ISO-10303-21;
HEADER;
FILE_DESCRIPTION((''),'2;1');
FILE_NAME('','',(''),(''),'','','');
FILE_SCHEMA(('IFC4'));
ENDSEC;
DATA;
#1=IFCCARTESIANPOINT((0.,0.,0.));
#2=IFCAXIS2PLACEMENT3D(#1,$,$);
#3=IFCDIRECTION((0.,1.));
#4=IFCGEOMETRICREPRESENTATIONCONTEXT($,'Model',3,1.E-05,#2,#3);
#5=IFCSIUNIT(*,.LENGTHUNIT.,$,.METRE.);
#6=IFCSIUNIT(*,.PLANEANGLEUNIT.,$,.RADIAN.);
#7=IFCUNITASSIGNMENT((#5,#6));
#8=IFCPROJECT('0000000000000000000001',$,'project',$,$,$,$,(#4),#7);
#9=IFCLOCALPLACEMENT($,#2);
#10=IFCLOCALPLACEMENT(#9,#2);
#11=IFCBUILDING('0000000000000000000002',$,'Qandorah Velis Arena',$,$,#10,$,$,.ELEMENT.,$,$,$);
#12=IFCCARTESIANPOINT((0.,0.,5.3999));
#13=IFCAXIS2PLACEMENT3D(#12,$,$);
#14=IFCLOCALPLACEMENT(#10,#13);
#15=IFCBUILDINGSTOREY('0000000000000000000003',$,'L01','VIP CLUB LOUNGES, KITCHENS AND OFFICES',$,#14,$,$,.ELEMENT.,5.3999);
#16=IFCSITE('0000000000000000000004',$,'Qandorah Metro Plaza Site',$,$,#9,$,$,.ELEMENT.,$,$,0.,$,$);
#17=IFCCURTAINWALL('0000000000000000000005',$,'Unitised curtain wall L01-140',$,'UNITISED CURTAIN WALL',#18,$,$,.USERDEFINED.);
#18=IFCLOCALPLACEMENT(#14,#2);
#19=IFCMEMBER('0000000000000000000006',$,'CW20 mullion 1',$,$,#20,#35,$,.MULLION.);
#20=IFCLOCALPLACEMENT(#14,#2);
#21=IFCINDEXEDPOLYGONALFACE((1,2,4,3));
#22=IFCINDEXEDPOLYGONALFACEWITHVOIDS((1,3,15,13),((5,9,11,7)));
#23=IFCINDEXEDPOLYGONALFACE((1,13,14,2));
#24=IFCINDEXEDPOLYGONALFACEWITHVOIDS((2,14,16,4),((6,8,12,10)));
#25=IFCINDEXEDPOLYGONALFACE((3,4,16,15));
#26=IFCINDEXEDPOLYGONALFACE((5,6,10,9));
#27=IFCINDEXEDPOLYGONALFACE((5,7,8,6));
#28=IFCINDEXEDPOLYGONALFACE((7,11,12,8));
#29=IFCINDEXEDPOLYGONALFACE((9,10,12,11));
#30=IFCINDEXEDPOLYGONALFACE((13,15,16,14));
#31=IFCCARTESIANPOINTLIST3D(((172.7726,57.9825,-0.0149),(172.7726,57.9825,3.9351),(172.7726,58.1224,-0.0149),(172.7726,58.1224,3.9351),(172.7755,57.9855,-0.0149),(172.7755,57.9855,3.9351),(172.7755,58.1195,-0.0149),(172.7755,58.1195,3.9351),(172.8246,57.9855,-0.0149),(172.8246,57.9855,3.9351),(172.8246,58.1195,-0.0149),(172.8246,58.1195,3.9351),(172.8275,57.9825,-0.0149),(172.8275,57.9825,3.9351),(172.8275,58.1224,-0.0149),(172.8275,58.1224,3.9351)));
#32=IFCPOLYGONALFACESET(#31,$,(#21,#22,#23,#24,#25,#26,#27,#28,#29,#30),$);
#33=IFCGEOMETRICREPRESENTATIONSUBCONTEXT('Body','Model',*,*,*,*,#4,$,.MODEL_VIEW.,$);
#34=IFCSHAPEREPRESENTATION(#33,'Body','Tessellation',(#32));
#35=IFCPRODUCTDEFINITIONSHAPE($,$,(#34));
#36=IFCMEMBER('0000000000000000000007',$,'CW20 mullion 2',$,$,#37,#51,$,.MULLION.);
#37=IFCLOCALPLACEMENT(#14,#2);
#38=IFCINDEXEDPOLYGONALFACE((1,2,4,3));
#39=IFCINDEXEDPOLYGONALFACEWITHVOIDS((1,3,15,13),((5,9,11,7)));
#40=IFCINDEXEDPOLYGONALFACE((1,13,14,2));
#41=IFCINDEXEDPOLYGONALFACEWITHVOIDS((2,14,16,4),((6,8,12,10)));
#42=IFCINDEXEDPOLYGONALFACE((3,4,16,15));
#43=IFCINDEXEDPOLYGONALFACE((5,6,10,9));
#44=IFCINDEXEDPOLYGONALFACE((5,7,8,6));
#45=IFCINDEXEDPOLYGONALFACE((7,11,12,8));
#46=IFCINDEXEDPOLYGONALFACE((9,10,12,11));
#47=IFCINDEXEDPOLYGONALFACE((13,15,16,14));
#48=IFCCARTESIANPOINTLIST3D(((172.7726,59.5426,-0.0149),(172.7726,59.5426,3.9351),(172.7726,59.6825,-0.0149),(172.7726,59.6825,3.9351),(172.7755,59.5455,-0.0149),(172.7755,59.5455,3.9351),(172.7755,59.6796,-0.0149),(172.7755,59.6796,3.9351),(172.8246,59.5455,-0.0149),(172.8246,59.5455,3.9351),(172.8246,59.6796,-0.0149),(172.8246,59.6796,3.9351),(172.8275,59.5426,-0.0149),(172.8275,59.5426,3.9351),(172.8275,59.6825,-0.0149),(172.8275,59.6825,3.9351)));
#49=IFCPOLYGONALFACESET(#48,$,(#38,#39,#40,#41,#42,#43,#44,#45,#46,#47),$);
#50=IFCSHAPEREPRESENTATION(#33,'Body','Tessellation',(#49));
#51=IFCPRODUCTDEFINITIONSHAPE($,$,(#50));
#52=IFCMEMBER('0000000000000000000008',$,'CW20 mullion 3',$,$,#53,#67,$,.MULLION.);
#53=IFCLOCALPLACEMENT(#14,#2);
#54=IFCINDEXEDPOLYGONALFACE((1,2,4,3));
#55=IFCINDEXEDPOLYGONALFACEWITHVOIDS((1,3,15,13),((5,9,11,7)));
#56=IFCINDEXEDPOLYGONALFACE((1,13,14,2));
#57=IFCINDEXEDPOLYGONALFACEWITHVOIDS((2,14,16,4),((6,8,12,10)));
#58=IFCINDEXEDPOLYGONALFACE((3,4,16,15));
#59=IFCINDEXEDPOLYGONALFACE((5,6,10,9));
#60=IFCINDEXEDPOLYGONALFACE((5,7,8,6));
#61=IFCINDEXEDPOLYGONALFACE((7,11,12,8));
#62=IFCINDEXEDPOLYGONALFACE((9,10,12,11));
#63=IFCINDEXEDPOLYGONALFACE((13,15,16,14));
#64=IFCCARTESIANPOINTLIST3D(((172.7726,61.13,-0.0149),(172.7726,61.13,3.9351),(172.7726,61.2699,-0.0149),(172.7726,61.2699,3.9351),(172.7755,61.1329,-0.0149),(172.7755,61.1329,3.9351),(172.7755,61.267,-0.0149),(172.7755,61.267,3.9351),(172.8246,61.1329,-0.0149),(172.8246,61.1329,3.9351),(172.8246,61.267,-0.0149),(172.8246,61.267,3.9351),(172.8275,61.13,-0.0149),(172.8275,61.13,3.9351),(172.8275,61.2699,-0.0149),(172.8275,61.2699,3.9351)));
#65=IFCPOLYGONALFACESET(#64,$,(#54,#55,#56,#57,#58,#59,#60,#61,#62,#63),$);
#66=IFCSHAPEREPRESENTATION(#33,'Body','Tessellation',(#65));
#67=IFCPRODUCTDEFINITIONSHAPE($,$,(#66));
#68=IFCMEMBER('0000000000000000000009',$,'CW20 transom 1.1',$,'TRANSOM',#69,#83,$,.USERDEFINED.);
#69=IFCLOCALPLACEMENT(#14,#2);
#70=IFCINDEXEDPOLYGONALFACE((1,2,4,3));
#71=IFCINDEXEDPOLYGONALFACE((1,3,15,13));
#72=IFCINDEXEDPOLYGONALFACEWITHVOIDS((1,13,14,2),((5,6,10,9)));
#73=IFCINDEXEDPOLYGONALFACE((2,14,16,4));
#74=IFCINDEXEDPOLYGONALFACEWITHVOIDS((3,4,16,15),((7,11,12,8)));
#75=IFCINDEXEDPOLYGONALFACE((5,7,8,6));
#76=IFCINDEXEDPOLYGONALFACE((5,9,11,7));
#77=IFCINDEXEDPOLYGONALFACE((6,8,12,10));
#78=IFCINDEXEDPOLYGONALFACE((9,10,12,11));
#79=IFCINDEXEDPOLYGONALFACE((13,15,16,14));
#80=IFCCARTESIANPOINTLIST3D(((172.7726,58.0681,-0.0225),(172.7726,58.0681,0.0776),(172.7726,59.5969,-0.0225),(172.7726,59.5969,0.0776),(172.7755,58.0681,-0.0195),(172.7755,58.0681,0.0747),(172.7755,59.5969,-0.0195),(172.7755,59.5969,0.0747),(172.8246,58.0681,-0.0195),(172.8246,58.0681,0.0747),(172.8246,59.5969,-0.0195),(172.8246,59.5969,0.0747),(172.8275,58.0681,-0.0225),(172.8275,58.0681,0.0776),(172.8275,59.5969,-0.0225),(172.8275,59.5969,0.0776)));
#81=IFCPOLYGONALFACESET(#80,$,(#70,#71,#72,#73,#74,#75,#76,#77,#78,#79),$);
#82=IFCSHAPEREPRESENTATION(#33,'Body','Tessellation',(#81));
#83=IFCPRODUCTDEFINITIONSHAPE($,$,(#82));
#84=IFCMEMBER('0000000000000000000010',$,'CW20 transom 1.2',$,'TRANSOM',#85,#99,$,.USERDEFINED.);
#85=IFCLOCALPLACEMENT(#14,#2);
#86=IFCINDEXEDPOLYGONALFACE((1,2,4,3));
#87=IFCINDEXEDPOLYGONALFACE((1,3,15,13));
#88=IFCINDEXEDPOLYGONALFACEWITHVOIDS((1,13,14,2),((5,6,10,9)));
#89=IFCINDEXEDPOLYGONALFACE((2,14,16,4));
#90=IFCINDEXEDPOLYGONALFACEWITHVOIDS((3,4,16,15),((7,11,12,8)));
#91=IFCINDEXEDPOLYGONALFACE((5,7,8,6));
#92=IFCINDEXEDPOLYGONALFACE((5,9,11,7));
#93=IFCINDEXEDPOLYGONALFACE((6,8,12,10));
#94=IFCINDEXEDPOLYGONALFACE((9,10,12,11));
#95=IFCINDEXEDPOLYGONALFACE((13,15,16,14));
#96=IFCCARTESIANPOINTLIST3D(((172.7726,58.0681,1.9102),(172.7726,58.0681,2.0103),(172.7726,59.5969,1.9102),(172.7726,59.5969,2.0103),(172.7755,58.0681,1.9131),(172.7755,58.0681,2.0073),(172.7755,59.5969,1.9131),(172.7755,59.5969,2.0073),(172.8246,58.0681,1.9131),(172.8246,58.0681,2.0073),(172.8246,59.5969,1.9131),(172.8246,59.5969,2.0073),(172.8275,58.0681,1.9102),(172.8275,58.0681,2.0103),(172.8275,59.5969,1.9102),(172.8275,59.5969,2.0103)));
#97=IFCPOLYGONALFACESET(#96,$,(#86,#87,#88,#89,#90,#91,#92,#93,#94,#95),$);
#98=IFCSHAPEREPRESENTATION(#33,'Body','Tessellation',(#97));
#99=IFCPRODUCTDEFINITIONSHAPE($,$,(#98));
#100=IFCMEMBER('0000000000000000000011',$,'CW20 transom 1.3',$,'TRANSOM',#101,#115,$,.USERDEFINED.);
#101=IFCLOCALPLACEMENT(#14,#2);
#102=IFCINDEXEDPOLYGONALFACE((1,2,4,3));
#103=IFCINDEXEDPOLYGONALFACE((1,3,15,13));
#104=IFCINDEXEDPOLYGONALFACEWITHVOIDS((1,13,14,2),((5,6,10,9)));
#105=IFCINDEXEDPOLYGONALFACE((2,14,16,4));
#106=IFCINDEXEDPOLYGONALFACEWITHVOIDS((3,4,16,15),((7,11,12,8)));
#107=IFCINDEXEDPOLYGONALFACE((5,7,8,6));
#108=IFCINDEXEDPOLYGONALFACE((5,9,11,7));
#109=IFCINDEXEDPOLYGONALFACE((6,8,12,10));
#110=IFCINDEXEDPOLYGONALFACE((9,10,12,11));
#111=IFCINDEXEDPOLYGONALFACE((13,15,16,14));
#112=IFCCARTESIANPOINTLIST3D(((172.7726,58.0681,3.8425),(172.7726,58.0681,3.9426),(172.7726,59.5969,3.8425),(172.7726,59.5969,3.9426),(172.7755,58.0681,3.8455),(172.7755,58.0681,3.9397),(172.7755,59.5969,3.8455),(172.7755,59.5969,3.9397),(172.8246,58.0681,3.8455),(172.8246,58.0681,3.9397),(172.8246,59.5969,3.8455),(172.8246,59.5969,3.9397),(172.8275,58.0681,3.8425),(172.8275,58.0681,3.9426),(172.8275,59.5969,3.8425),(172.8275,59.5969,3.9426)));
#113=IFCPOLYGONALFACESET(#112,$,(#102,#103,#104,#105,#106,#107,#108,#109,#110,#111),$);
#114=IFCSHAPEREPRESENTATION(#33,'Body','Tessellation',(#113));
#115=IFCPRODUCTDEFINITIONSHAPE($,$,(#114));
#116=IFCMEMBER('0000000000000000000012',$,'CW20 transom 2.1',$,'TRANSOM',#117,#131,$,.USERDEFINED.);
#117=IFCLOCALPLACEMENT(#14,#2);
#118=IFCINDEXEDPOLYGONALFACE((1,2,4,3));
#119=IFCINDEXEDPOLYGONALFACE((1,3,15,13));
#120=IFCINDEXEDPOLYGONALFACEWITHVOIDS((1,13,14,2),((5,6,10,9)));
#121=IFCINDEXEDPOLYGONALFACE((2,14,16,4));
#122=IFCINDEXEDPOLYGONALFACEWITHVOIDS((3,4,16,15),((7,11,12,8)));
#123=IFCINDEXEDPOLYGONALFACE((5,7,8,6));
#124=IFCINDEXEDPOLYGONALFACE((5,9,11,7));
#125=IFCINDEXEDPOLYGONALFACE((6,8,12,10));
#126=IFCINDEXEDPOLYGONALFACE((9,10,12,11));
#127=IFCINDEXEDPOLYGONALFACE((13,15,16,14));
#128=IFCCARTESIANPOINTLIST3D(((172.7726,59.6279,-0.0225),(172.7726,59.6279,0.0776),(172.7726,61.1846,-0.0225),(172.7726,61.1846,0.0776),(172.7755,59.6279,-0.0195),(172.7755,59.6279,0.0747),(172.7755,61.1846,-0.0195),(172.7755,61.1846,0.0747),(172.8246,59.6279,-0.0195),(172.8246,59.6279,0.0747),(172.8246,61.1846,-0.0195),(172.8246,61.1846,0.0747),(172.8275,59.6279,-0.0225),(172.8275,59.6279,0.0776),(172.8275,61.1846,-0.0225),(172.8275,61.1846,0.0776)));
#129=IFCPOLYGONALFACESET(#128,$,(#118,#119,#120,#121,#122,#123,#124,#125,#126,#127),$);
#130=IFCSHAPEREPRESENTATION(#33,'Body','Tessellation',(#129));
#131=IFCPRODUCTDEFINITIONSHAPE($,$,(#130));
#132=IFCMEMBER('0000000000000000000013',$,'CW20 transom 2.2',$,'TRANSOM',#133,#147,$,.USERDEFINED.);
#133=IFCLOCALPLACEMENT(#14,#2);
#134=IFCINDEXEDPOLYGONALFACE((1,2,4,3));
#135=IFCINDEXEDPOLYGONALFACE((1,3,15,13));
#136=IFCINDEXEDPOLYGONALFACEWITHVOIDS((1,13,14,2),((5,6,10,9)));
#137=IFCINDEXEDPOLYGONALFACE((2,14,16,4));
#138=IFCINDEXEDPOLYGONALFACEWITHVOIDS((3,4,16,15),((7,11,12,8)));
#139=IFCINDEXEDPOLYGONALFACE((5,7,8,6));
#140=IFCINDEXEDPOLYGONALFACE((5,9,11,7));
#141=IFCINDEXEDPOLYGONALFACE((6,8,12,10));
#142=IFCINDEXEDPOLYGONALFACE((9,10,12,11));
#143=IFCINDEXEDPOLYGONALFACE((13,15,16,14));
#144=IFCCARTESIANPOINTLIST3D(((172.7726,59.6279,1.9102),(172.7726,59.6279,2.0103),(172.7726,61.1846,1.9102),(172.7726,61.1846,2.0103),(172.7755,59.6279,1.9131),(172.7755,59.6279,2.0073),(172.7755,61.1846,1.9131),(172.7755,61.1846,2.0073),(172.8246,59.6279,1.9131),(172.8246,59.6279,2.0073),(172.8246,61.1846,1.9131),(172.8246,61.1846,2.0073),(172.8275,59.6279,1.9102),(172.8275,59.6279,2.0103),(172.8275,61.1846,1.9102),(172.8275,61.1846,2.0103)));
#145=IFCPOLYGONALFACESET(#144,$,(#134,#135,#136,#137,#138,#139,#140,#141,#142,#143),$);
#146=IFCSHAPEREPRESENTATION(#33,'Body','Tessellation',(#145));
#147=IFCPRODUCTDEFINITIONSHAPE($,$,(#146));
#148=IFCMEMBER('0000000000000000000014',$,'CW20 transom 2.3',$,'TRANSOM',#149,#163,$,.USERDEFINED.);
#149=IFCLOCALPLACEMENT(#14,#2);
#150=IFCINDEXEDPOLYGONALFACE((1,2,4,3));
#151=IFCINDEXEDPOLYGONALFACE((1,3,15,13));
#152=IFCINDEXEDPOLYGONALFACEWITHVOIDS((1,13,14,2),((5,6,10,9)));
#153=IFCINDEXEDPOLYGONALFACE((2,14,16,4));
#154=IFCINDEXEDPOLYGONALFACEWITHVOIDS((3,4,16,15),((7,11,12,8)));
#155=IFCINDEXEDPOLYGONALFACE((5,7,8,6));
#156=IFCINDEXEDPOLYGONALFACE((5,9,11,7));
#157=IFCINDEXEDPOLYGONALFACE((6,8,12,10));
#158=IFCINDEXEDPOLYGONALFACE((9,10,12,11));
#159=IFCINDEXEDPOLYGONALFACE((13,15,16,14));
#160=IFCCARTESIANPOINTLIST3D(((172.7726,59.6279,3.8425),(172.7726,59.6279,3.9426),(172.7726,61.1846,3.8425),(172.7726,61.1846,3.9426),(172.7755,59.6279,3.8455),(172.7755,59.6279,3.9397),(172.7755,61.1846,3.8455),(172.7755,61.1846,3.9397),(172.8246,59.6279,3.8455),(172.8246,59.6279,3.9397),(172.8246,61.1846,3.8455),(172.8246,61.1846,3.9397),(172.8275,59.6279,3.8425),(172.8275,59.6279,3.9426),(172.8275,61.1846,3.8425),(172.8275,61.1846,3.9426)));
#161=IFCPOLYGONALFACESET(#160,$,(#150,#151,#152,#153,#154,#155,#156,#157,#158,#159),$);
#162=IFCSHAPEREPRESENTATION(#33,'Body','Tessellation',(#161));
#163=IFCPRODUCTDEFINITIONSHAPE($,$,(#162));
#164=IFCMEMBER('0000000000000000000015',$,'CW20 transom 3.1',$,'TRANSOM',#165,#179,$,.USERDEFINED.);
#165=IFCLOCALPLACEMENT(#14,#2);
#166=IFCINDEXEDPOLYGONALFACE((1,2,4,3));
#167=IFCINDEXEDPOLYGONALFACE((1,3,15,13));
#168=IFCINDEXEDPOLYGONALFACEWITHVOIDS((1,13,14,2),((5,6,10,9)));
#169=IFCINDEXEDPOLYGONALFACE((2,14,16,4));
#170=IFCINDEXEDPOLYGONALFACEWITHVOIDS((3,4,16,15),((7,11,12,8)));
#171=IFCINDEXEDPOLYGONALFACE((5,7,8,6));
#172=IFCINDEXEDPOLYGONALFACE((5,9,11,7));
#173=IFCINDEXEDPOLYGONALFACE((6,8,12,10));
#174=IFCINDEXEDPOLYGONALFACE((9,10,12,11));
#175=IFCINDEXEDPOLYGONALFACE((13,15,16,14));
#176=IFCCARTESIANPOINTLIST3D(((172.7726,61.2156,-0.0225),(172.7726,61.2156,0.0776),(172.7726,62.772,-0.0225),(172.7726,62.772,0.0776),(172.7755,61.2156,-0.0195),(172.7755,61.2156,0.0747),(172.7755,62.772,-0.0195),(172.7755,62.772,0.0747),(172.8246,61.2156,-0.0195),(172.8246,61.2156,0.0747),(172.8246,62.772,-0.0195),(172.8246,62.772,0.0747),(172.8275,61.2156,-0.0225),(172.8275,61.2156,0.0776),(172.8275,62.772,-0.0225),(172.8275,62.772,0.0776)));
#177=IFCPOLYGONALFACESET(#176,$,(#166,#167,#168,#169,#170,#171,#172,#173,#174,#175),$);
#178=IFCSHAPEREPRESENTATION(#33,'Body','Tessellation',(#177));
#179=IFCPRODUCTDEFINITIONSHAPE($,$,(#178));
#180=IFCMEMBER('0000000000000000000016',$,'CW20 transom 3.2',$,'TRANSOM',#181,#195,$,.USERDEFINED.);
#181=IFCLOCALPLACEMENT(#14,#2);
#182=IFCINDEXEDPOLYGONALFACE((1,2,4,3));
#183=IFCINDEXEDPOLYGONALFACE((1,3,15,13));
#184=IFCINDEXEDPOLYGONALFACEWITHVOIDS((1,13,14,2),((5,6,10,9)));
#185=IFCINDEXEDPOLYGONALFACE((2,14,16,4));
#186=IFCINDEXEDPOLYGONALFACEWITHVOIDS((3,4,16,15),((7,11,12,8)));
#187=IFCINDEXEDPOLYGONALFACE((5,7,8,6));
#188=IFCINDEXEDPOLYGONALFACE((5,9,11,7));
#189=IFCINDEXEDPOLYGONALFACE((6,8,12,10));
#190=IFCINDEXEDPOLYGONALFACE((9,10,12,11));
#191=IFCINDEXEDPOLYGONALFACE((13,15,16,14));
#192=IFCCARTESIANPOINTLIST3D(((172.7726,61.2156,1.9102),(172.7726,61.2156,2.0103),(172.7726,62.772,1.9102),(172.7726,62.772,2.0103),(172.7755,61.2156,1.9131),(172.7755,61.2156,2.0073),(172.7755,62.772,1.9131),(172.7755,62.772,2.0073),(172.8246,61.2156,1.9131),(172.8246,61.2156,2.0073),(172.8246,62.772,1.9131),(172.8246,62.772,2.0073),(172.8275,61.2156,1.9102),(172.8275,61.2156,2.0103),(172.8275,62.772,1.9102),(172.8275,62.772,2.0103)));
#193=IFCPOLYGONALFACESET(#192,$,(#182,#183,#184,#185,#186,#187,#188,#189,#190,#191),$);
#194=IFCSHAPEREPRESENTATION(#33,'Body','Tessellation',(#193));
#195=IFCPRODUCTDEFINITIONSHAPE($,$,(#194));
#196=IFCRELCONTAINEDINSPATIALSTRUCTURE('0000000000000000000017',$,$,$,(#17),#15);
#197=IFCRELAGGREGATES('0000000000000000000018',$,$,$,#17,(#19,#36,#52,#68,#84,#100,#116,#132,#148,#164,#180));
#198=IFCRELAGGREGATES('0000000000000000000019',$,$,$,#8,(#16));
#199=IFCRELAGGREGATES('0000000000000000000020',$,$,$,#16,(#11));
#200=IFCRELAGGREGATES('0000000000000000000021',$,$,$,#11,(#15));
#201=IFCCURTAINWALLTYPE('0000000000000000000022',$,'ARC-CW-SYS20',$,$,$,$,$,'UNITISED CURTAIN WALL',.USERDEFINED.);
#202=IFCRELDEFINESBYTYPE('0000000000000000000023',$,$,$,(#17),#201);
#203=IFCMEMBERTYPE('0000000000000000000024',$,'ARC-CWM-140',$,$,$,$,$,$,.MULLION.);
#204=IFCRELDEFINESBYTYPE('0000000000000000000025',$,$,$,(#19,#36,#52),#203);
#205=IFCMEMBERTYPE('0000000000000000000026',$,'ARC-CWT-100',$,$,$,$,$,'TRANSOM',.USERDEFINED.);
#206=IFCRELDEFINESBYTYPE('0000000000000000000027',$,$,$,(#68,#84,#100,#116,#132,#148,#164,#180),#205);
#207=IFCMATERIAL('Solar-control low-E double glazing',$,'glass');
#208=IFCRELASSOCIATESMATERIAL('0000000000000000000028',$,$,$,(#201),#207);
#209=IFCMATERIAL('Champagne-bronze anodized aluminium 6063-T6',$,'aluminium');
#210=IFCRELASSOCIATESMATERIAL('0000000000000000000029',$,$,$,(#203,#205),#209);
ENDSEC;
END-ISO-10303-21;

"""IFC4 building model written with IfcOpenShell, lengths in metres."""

from ifc_helpers import new_model, si_unit, direction, frame, origin, origin_2d, place, context, subcontext, project, spatial, hollow_rectangle, extrude, material, material_profile, profile_set, type_object, element, aggregate, save


model = new_model("IFC4")

# Units and contexts
model_context = context("Model", 3, precision=1e-05, world=origin(), true_north=direction((0.0, 1.0)))
body_context = subcontext(model_context, "Body", "Model", "MODEL_VIEW")
ifc_project = project(units=[si_unit("LENGTHUNIT", "METRE"), si_unit("PLANEANGLEUNIT", "RADIAN")], contexts=[model_context])

# Site, building, storey
site_placement = place(None, origin())
site = spatial("IfcSite", under=ifc_project, at=site_placement, Name="Qandorah Metro Plaza Site", CompositionType="ELEMENT", RefElevation=0.0)
building_placement = place(site_placement, origin())
building = spatial("IfcBuilding", under=site, at=building_placement, Name="Qandorah Velis Arena", CompositionType="ELEMENT")
storey_placement = place(building_placement, frame((0.0, 0.0, 5.3999)))
storey = spatial("IfcBuildingStorey", under=building, at=storey_placement, Name="L01", Description="VIP CLUB LOUNGES, KITCHENS AND OFFICES", CompositionType="ELEMENT", Elevation=5.3999)

# Curtain wall, members
ifc_material_1 = material(Name="Solar-control low-E double glazing", Category="glass")
curtain_wall_type = type_object("IfcCurtainWallType", Name="ARC-CW-SYS20", ElementType="UNITISED CURTAIN WALL", PredefinedType="USERDEFINED", material=ifc_material_1)
curtain_wall_placement = place(storey_placement, origin())
curtain_wall = element("IfcCurtainWall", 1, at=curtain_wall_placement, inside=storey, type_object=curtain_wall_type, Name="Unitised curtain wall L01-140", ObjectType="UNITISED CURTAIN WALL", PredefinedType="USERDEFINED")
ifc_material_2 = material(Name="Champagne-bronze anodized aluminium 6063-T6", Category="aluminium")
ifc_material_profile_1 = material_profile(ifc_material_2, hollow_rectangle(XDim=0.0549, YDim=0.1399, WallThickness=0.0029, at=origin_2d()), Name="ALU MULLION 55x140")
ifc_profile_set_1 = profile_set([ifc_material_profile_1], Name="Champagne-bronze anodized aluminium 6063-T6")
member_type_1 = type_object("IfcMemberType", Name="ARC-CWM-140", PredefinedType="MULLION", material=ifc_profile_set_1)
member_1_placement = place(storey_placement, frame((172.8, 58.0525, -0.0149), z_axis=(0.0, 0.0, 1.0), x_axis=(-1.0, 0.0, 0.0)))
member_1 = element("IfcMember", 2, at=member_1_placement, type_object=member_type_1, Name="CW20 mullion 1", PredefinedType="MULLION", context=body_context, shape_type="SweptSolid", body=[
    extrude(hollow_rectangle(XDim=0.0549, YDim=0.1399, WallThickness=0.0029, at=origin_2d()), origin(), (0.0, 0.0, 1.0), 3.95),
])
member_2_placement = place(storey_placement, frame((172.8, 59.6125, -0.0149), z_axis=(0.0, 0.0, 1.0), x_axis=(-1.0, 0.0, 0.0)))
member_2 = element("IfcMember", 3, at=member_2_placement, type_object=member_type_1, Name="CW20 mullion 2", PredefinedType="MULLION", context=body_context, shape_type="SweptSolid", body=[
    extrude(hollow_rectangle(XDim=0.0549, YDim=0.1399, WallThickness=0.0029, at=origin_2d()), origin(), (0.0, 0.0, 1.0), 3.95),
])
member_3_placement = place(storey_placement, frame((172.8, 61.2, -0.0149), z_axis=(0.0, 0.0, 1.0), x_axis=(-1.0, 0.0, 0.0)))
member_3 = element("IfcMember", 4, at=member_3_placement, type_object=member_type_1, Name="CW20 mullion 3", PredefinedType="MULLION", context=body_context, shape_type="SweptSolid", body=[
    extrude(hollow_rectangle(XDim=0.0549, YDim=0.1399, WallThickness=0.0029, at=origin_2d()), origin(), (0.0, 0.0, 1.0), 3.95),
])
ifc_material_profile_2 = material_profile(ifc_material_2, hollow_rectangle(XDim=0.0549, YDim=0.1001, WallThickness=0.0029, at=origin_2d()), Name="ALU TRANSOM 55x100")
ifc_profile_set_2 = profile_set([ifc_material_profile_2], Name="Champagne-bronze anodized aluminium 6063-T6")
member_type_2 = type_object("IfcMemberType", Name="ARC-CWT-100", ElementType="TRANSOM", PredefinedType="USERDEFINED", material=ifc_profile_set_2)
member_4_placement = place(storey_placement, frame((172.8, 58.0681, 0.0276), z_axis=(0.0, 1.0, 0.0), x_axis=(-1.0, 0.0, 0.0)))
member_4 = element("IfcMember", 5, at=member_4_placement, type_object=member_type_2, Name="CW20 transom 1.1", ObjectType="TRANSOM", PredefinedType="USERDEFINED", context=body_context, shape_type="SweptSolid", body=[
    extrude(hollow_rectangle(XDim=0.0549, YDim=0.1001, WallThickness=0.0029, at=origin_2d()), origin(), (0.0, 0.0, 1.0), 1.5288),
])
member_5_placement = place(storey_placement, frame((172.8, 58.0681, 1.9602), z_axis=(0.0, 1.0, 0.0), x_axis=(-1.0, 0.0, 0.0)))
member_5 = element("IfcMember", 6, at=member_5_placement, type_object=member_type_2, Name="CW20 transom 1.2", ObjectType="TRANSOM", PredefinedType="USERDEFINED", context=body_context, shape_type="SweptSolid", body=[
    extrude(hollow_rectangle(XDim=0.0549, YDim=0.1001, WallThickness=0.0029, at=origin_2d()), origin(), (0.0, 0.0, 1.0), 1.5288),
])
member_6_placement = place(storey_placement, frame((172.8, 58.0681, 3.8926), z_axis=(0.0, 1.0, 0.0), x_axis=(-1.0, 0.0, 0.0)))
member_6 = element("IfcMember", 7, at=member_6_placement, type_object=member_type_2, Name="CW20 transom 1.3", ObjectType="TRANSOM", PredefinedType="USERDEFINED", context=body_context, shape_type="SweptSolid", body=[
    extrude(hollow_rectangle(XDim=0.0549, YDim=0.1001, WallThickness=0.0029, at=origin_2d()), origin(), (0.0, 0.0, 1.0), 1.5288),
])
member_7_placement = place(storey_placement, frame((172.8, 59.6279, 0.0276), z_axis=(0.0, 1.0, 0.0), x_axis=(-1.0, 0.0, 0.0)))
member_7 = element("IfcMember", 8, at=member_7_placement, type_object=member_type_2, Name="CW20 transom 2.1", ObjectType="TRANSOM", PredefinedType="USERDEFINED", context=body_context, shape_type="SweptSolid", body=[
    extrude(hollow_rectangle(XDim=0.0549, YDim=0.1001, WallThickness=0.0029, at=origin_2d()), origin(), (0.0, 0.0, 1.0), 1.5566),
])
member_8_placement = place(storey_placement, frame((172.8, 59.6279, 1.9602), z_axis=(0.0, 1.0, 0.0), x_axis=(-1.0, 0.0, 0.0)))
member_8 = element("IfcMember", 9, at=member_8_placement, type_object=member_type_2, Name="CW20 transom 2.2", ObjectType="TRANSOM", PredefinedType="USERDEFINED", context=body_context, shape_type="SweptSolid", body=[
    extrude(hollow_rectangle(XDim=0.0549, YDim=0.1001, WallThickness=0.0029, at=origin_2d()), origin(), (0.0, 0.0, 1.0), 1.5566),
])
member_9_placement = place(storey_placement, frame((172.8, 59.6279, 3.8926), z_axis=(0.0, 1.0, 0.0), x_axis=(-1.0, 0.0, 0.0)))
member_9 = element("IfcMember", 10, at=member_9_placement, type_object=member_type_2, Name="CW20 transom 2.3", ObjectType="TRANSOM", PredefinedType="USERDEFINED", context=body_context, shape_type="SweptSolid", body=[
    extrude(hollow_rectangle(XDim=0.0549, YDim=0.1001, WallThickness=0.0029, at=origin_2d()), origin(), (0.0, 0.0, 1.0), 1.5566),
])
member_10_placement = place(storey_placement, frame((172.8, 61.2156, 0.0276), z_axis=(0.0, 1.0, 0.0), x_axis=(-1.0, 0.0, 0.0)))
member_10 = element("IfcMember", 11, at=member_10_placement, type_object=member_type_2, Name="CW20 transom 3.1", ObjectType="TRANSOM", PredefinedType="USERDEFINED", context=body_context, shape_type="SweptSolid", body=[
    extrude(hollow_rectangle(XDim=0.0549, YDim=0.1001, WallThickness=0.0029, at=origin_2d()), origin(), (0.0, 0.0, 1.0), 1.5564),
])
member_11_placement = place(storey_placement, frame((172.8, 61.2156, 1.9602), z_axis=(0.0, 1.0, 0.0), x_axis=(-1.0, 0.0, 0.0)))
member_11 = element("IfcMember", 12, at=member_11_placement, type_object=member_type_2, Name="CW20 transom 3.2", ObjectType="TRANSOM", PredefinedType="USERDEFINED", context=body_context, shape_type="SweptSolid", body=[
    extrude(hollow_rectangle(XDim=0.0549, YDim=0.1001, WallThickness=0.0029, at=origin_2d()), origin(), (0.0, 0.0, 1.0), 1.5564),
])
aggregate(curtain_wall, [member_1, member_2, member_3, member_4, member_5, member_6, member_7, member_8, member_9, member_10, member_11])

save(model, "model.ifc")
